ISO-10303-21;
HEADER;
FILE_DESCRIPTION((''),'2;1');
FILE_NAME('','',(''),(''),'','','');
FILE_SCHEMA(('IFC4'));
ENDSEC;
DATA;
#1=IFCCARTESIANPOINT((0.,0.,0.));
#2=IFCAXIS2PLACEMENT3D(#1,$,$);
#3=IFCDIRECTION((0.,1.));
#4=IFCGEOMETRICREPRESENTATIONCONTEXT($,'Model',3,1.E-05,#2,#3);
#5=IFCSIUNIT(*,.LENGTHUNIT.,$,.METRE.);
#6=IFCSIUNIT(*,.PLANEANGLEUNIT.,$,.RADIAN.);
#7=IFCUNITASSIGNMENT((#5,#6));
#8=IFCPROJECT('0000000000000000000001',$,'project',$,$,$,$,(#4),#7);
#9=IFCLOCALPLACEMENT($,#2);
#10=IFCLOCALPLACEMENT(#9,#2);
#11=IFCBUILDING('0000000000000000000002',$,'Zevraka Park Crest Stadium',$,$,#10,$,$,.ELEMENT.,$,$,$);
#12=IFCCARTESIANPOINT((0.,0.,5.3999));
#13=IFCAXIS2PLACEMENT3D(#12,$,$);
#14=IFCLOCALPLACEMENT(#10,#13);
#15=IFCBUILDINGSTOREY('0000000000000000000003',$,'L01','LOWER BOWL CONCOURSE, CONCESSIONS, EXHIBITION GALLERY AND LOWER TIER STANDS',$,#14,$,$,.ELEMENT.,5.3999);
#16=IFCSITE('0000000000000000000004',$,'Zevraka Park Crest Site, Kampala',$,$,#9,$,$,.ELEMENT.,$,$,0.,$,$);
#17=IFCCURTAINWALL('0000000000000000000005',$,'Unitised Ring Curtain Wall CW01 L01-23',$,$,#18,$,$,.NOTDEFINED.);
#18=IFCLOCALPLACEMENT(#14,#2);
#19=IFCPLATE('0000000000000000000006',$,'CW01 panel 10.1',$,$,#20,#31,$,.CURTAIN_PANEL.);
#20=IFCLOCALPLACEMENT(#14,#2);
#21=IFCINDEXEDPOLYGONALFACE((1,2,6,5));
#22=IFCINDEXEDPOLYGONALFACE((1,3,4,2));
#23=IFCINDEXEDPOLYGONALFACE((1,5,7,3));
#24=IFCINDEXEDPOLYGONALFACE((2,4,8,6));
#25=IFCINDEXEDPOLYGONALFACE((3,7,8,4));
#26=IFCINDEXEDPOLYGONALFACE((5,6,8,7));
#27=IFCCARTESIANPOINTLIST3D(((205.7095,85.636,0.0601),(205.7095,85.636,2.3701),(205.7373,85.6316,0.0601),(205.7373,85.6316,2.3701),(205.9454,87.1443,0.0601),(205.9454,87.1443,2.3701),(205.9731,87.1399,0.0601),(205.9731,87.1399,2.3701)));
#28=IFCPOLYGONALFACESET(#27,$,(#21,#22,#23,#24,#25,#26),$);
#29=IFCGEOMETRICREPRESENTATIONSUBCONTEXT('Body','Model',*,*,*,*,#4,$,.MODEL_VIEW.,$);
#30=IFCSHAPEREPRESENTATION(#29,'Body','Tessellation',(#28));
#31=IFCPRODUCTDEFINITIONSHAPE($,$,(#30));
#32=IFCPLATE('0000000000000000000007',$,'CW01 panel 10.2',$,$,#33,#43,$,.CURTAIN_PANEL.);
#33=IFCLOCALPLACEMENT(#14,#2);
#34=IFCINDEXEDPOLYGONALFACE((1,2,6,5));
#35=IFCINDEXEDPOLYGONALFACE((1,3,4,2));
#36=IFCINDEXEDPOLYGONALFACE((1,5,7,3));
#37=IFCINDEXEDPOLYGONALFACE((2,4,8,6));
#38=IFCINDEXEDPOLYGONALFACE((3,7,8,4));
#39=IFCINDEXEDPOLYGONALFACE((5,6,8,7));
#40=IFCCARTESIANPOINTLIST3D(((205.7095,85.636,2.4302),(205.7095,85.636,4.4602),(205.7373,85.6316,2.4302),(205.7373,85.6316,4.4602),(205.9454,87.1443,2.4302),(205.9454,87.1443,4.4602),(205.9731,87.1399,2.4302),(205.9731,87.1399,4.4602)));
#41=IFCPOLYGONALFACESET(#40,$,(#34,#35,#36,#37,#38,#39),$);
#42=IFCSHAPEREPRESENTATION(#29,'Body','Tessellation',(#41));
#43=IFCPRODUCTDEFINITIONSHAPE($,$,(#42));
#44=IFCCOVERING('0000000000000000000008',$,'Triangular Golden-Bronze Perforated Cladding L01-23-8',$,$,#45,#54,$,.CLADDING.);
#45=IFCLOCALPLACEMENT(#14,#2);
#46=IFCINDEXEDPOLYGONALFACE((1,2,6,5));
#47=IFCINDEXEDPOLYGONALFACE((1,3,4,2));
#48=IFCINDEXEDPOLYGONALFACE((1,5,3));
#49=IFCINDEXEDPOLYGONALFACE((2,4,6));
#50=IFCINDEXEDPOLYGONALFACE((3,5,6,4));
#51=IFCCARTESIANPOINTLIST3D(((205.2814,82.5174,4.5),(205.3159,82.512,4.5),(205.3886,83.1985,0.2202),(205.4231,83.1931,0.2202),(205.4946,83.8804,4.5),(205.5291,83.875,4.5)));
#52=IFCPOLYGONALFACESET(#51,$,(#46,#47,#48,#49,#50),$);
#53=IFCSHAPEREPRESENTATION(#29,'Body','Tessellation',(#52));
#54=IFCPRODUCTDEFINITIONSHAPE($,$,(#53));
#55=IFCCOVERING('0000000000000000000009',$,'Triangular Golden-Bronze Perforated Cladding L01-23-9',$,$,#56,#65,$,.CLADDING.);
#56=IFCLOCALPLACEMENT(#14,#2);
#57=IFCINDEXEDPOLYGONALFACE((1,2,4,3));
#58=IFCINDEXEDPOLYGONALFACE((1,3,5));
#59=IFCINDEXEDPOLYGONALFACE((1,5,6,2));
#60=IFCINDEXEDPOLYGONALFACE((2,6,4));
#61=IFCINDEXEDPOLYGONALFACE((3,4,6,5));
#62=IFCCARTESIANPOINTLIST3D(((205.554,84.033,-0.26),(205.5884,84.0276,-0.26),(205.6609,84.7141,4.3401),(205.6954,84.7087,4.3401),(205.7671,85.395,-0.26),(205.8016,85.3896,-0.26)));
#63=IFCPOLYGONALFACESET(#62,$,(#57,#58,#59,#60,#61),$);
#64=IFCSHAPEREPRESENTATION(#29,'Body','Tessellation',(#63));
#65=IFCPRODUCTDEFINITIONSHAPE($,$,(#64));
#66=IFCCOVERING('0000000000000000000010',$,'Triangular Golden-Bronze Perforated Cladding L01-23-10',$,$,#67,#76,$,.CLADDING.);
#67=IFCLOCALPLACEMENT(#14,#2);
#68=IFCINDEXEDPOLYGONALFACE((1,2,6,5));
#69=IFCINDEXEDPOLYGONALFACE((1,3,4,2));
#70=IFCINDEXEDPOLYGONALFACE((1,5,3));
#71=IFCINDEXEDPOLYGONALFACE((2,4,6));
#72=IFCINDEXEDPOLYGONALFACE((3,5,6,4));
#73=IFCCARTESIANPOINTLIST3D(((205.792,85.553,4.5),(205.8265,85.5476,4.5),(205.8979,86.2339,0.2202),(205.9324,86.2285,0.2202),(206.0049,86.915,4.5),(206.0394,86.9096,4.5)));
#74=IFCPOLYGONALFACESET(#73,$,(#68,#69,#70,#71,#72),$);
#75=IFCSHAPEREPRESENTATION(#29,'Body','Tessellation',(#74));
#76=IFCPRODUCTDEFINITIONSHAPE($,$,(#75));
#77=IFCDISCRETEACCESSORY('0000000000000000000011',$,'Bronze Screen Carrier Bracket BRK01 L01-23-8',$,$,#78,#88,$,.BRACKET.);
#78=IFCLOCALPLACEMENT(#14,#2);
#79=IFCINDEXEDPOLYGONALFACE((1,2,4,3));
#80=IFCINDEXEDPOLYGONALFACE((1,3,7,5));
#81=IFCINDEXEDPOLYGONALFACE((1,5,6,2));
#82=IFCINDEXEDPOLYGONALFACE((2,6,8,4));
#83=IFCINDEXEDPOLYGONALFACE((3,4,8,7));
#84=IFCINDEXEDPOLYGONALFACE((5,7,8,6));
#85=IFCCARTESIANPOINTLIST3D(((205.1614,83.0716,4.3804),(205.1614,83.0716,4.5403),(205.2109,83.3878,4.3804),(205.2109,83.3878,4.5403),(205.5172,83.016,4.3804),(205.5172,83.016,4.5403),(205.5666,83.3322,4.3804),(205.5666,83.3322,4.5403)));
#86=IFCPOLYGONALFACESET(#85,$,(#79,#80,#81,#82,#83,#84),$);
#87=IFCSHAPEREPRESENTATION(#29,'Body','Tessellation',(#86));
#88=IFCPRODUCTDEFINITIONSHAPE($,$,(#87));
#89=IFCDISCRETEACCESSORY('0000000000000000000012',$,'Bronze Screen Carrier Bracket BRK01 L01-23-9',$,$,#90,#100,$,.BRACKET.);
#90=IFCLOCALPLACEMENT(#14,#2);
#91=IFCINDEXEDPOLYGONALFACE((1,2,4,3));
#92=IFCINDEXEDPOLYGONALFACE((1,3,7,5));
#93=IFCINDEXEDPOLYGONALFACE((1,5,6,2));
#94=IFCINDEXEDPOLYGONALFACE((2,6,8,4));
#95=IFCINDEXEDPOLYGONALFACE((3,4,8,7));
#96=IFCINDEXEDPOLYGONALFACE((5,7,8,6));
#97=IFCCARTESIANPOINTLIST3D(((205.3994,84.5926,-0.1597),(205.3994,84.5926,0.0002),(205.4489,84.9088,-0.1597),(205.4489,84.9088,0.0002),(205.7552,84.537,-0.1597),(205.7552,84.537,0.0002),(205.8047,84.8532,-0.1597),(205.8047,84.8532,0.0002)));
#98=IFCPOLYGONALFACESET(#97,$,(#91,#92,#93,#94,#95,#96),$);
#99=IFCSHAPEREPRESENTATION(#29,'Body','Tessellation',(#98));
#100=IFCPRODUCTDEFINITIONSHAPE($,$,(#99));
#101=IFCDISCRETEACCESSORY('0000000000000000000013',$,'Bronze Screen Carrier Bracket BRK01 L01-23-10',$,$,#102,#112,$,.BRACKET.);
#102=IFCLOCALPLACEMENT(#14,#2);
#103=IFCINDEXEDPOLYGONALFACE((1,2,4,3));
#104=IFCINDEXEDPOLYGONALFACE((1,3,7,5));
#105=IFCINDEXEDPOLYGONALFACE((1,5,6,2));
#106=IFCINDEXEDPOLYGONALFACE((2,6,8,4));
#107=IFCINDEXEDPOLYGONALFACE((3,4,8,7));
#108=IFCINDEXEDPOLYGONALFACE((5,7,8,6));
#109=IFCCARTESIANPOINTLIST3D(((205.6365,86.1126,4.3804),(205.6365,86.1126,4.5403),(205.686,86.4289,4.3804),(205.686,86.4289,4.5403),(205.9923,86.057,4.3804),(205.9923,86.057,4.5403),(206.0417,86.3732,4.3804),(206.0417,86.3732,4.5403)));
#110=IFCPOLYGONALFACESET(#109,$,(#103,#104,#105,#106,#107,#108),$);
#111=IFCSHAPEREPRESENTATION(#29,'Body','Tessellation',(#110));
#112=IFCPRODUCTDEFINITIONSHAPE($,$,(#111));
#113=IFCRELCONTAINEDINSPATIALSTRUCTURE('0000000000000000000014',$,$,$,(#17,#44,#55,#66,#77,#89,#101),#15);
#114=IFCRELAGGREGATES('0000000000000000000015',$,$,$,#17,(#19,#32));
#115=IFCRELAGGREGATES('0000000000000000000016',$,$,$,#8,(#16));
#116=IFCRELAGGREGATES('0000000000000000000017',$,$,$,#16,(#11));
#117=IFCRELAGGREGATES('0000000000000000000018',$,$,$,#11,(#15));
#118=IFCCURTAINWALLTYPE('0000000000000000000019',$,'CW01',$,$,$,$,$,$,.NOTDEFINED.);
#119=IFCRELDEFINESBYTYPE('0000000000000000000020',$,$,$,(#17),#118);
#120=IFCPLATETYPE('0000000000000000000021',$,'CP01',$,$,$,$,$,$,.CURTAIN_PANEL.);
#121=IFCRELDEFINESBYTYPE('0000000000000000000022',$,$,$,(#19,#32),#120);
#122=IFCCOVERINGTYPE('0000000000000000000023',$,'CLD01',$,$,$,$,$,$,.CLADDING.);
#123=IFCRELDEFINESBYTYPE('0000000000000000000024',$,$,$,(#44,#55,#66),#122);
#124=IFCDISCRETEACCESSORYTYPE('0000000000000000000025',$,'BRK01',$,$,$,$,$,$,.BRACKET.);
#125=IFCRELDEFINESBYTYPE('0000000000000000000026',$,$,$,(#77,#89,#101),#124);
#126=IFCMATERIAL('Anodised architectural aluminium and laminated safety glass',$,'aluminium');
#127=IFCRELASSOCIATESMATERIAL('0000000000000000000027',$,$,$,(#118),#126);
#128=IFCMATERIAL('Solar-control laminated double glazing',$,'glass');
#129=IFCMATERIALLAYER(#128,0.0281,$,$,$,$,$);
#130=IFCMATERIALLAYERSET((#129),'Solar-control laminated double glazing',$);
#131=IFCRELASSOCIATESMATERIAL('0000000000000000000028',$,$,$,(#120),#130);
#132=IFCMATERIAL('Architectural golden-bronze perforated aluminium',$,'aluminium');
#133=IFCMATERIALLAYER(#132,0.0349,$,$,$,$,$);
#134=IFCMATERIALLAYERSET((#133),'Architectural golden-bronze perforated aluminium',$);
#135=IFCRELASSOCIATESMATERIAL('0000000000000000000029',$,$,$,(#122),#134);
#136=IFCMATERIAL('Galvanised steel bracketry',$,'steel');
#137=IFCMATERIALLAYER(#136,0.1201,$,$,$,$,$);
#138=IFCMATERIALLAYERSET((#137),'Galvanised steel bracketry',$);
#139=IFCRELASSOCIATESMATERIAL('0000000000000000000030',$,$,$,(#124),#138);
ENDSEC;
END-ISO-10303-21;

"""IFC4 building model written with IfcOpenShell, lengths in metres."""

from ifc_helpers import new_model, si_unit, direction, frame, origin, origin_2d, place, context, subcontext, project, spatial, polyline, rectangle, outline, extrude, material, layer, layer_set, type_object, element, aggregate, save


model = new_model("IFC4")

# Units and contexts
model_context = context("Model", 3, precision=1e-05, world=origin(), true_north=direction((0.0, 1.0)))
body_context = subcontext(model_context, "Body", "Model", "MODEL_VIEW")
ifc_project = project(units=[si_unit("LENGTHUNIT", "METRE"), si_unit("PLANEANGLEUNIT", "RADIAN")], contexts=[model_context])

# Site, building, storey
site_placement = place(None, origin())
site = spatial("IfcSite", under=ifc_project, at=site_placement, Name="Zevraka Park Crest Site, Kampala", CompositionType="ELEMENT", RefElevation=0.0)
building_placement = place(site_placement, origin())
building = spatial("IfcBuilding", under=site, at=building_placement, Name="Zevraka Park Crest Stadium", CompositionType="ELEMENT")
storey_placement = place(building_placement, frame((0.0, 0.0, 5.3999)))
storey = spatial("IfcBuildingStorey", under=building, at=storey_placement, Name="L01", Description="LOWER BOWL CONCOURSE, CONCESSIONS, EXHIBITION GALLERY AND LOWER TIER STANDS", CompositionType="ELEMENT", Elevation=5.3999)

# Curtain wall, plates
ifc_material_1 = material(Name="Anodised architectural aluminium and laminated safety glass", Category="aluminium")
curtain_wall_type = type_object("IfcCurtainWallType", Name="CW01", PredefinedType="NOTDEFINED", material=ifc_material_1)
curtain_wall_placement = place(storey_placement, origin())
curtain_wall = element("IfcCurtainWall", 1, at=curtain_wall_placement, inside=storey, type_object=curtain_wall_type, Name="Unitised Ring Curtain Wall CW01 L01-23", PredefinedType="NOTDEFINED")
ifc_material_2 = material(Name="Solar-control laminated double glazing", Category="glass")
ifc_layer_1 = layer(ifc_material_2, 0.0281)
ifc_layer_set_1 = layer_set([ifc_layer_1], Name="Solar-control laminated double glazing")
plate_type = type_object("IfcPlateType", Name="CP01", PredefinedType="CURTAIN_PANEL", material=ifc_layer_set_1)
plate_1_placement = place(storey_placement, frame((205.8413, 86.3879, 0.0601), z_axis=(0.0, 0.0, 1.0), x_axis=(0.154476, 0.987997, 0.0)))
plate_1 = element("IfcPlate", 2, at=plate_1_placement, type_object=plate_type, Name="CW01 panel 10.1", PredefinedType="CURTAIN_PANEL", context=body_context, shape_type="SweptSolid", body=[
    extrude(rectangle(XDim=1.5266, YDim=0.0281, at=origin_2d()), origin(), (0.0, 0.0, 1.0), 2.3101),
])
plate_2_placement = place(storey_placement, frame((205.8413, 86.3879, 2.4302), z_axis=(0.0, 0.0, 1.0), x_axis=(0.154476, 0.987997, 0.0)))
plate_2 = element("IfcPlate", 3, at=plate_2_placement, type_object=plate_type, Name="CW01 panel 10.2", PredefinedType="CURTAIN_PANEL", context=body_context, shape_type="SweptSolid", body=[
    extrude(rectangle(XDim=1.5266, YDim=0.0281, at=origin_2d()), origin(), (0.0, 0.0, 1.0), 2.03),
])
aggregate(curtain_wall, [plate_1, plate_2])

# Coverings
ifc_material_3 = material(Name="Architectural golden-bronze perforated aluminium", Category="aluminium")
ifc_layer_2 = layer(ifc_material_3, 0.0349)
ifc_layer_set_2 = layer_set([ifc_layer_2], Name="Architectural golden-bronze perforated aluminium")
covering_type = type_object("IfcCoveringType", Name="CLD01", PredefinedType="CLADDING", material=ifc_layer_set_2)
covering_1_placement = place(storey_placement, frame((205.5291, 83.875, 4.5), z_axis=(0.987994, -0.15449, 0.000154), x_axis=(-0.15449, -0.987994, 0.0)))
element("IfcCovering", 4, at=covering_1_placement, inside=storey, type_object=covering_type, Name="Triangular Golden-Bronze Perforated Cladding L01-23-8", PredefinedType="CLADDING", context=body_context, shape_type="SweptSolid", body=[
    extrude(outline(polyline([(0.0, 0.0), (1.3796, 0.0), (0.6901, 4.2798), (0.0, 0.0)])), origin(), (0.0, 0.0, -1.0), 0.0349),
])
covering_2_placement = place(storey_placement, frame((205.554, 84.033, -0.26), z_axis=(-0.987977, 0.154598, 0.000075), x_axis=(0.154598, 0.987977, 0.0)))
element("IfcCovering", 5, at=covering_2_placement, inside=storey, type_object=covering_type, Name="Triangular Golden-Bronze Perforated Cladding L01-23-9", PredefinedType="CLADDING", context=body_context, shape_type="SweptSolid", body=[
    extrude(outline(polyline([(0.0, 0.0), (1.3786, 0.0), (0.6895, -4.6001), (0.0, 0.0)])), origin(), (0.0, 0.0, -1.0), 0.0349),
])
covering_3_placement = place(storey_placement, frame((206.0049, 86.915, 4.5), z_axis=(-0.988004, 0.154425, 0.000108), x_axis=(-0.154426, -0.988004, 0.0)))
element("IfcCovering", 6, at=covering_3_placement, inside=storey, type_object=covering_type, Name="Triangular Golden-Bronze Perforated Cladding L01-23-10", PredefinedType="CLADDING", context=body_context, shape_type="SweptSolid", body=[
    extrude(outline(polyline([(0.0, 0.0), (1.3786, 0.0), (0.6895, -4.2798), (0.0, 0.0)])), origin(), (0.0, 0.0, -1.0), 0.0349),
])

# Discrete accessories
ifc_material_4 = material(Name="Galvanised steel bracketry", Category="steel")
ifc_layer_3 = layer(ifc_material_4, 0.1201)
ifc_layer_set_3 = layer_set([ifc_layer_3], Name="Galvanised steel bracketry")
discrete_accessory_type = type_object("IfcDiscreteAccessoryType", Name="BRK01", PredefinedType="BRACKET", material=ifc_layer_set_3)
for number, where, z_axis, x_axis, name in (
    (7, (205.364, 83.2019, 4.3804), (0.0, 0.0, 1.0), (0.154538, 0.987987, 0.0), "Bronze Screen Carrier Bracket BRK01 L01-23-8"),
    (8, (205.6021, 84.7229, -0.1597), (0.0, 0.0, 1.0), (0.154538, 0.987987, 0.0), "Bronze Screen Carrier Bracket BRK01 L01-23-9"),
    (9, (205.8391, 86.2429, 4.3804), (0.0, 0.0, 1.0), (0.154538, 0.987987, 0.0), "Bronze Screen Carrier Bracket BRK01 L01-23-10"),
):
    element("IfcDiscreteAccessory", number, at=place(storey_placement, frame(where, z_axis=z_axis, x_axis=x_axis)), inside=storey, type_object=discrete_accessory_type, Name=name, PredefinedType="BRACKET", context=body_context, shape_type="SweptSolid", body=[
        extrude(rectangle(XDim=0.3201, YDim=0.3601, at=origin_2d()), origin(), (0.0, 0.0, 1.0), 0.1599),
    ])

save(model, "model.ifc")
